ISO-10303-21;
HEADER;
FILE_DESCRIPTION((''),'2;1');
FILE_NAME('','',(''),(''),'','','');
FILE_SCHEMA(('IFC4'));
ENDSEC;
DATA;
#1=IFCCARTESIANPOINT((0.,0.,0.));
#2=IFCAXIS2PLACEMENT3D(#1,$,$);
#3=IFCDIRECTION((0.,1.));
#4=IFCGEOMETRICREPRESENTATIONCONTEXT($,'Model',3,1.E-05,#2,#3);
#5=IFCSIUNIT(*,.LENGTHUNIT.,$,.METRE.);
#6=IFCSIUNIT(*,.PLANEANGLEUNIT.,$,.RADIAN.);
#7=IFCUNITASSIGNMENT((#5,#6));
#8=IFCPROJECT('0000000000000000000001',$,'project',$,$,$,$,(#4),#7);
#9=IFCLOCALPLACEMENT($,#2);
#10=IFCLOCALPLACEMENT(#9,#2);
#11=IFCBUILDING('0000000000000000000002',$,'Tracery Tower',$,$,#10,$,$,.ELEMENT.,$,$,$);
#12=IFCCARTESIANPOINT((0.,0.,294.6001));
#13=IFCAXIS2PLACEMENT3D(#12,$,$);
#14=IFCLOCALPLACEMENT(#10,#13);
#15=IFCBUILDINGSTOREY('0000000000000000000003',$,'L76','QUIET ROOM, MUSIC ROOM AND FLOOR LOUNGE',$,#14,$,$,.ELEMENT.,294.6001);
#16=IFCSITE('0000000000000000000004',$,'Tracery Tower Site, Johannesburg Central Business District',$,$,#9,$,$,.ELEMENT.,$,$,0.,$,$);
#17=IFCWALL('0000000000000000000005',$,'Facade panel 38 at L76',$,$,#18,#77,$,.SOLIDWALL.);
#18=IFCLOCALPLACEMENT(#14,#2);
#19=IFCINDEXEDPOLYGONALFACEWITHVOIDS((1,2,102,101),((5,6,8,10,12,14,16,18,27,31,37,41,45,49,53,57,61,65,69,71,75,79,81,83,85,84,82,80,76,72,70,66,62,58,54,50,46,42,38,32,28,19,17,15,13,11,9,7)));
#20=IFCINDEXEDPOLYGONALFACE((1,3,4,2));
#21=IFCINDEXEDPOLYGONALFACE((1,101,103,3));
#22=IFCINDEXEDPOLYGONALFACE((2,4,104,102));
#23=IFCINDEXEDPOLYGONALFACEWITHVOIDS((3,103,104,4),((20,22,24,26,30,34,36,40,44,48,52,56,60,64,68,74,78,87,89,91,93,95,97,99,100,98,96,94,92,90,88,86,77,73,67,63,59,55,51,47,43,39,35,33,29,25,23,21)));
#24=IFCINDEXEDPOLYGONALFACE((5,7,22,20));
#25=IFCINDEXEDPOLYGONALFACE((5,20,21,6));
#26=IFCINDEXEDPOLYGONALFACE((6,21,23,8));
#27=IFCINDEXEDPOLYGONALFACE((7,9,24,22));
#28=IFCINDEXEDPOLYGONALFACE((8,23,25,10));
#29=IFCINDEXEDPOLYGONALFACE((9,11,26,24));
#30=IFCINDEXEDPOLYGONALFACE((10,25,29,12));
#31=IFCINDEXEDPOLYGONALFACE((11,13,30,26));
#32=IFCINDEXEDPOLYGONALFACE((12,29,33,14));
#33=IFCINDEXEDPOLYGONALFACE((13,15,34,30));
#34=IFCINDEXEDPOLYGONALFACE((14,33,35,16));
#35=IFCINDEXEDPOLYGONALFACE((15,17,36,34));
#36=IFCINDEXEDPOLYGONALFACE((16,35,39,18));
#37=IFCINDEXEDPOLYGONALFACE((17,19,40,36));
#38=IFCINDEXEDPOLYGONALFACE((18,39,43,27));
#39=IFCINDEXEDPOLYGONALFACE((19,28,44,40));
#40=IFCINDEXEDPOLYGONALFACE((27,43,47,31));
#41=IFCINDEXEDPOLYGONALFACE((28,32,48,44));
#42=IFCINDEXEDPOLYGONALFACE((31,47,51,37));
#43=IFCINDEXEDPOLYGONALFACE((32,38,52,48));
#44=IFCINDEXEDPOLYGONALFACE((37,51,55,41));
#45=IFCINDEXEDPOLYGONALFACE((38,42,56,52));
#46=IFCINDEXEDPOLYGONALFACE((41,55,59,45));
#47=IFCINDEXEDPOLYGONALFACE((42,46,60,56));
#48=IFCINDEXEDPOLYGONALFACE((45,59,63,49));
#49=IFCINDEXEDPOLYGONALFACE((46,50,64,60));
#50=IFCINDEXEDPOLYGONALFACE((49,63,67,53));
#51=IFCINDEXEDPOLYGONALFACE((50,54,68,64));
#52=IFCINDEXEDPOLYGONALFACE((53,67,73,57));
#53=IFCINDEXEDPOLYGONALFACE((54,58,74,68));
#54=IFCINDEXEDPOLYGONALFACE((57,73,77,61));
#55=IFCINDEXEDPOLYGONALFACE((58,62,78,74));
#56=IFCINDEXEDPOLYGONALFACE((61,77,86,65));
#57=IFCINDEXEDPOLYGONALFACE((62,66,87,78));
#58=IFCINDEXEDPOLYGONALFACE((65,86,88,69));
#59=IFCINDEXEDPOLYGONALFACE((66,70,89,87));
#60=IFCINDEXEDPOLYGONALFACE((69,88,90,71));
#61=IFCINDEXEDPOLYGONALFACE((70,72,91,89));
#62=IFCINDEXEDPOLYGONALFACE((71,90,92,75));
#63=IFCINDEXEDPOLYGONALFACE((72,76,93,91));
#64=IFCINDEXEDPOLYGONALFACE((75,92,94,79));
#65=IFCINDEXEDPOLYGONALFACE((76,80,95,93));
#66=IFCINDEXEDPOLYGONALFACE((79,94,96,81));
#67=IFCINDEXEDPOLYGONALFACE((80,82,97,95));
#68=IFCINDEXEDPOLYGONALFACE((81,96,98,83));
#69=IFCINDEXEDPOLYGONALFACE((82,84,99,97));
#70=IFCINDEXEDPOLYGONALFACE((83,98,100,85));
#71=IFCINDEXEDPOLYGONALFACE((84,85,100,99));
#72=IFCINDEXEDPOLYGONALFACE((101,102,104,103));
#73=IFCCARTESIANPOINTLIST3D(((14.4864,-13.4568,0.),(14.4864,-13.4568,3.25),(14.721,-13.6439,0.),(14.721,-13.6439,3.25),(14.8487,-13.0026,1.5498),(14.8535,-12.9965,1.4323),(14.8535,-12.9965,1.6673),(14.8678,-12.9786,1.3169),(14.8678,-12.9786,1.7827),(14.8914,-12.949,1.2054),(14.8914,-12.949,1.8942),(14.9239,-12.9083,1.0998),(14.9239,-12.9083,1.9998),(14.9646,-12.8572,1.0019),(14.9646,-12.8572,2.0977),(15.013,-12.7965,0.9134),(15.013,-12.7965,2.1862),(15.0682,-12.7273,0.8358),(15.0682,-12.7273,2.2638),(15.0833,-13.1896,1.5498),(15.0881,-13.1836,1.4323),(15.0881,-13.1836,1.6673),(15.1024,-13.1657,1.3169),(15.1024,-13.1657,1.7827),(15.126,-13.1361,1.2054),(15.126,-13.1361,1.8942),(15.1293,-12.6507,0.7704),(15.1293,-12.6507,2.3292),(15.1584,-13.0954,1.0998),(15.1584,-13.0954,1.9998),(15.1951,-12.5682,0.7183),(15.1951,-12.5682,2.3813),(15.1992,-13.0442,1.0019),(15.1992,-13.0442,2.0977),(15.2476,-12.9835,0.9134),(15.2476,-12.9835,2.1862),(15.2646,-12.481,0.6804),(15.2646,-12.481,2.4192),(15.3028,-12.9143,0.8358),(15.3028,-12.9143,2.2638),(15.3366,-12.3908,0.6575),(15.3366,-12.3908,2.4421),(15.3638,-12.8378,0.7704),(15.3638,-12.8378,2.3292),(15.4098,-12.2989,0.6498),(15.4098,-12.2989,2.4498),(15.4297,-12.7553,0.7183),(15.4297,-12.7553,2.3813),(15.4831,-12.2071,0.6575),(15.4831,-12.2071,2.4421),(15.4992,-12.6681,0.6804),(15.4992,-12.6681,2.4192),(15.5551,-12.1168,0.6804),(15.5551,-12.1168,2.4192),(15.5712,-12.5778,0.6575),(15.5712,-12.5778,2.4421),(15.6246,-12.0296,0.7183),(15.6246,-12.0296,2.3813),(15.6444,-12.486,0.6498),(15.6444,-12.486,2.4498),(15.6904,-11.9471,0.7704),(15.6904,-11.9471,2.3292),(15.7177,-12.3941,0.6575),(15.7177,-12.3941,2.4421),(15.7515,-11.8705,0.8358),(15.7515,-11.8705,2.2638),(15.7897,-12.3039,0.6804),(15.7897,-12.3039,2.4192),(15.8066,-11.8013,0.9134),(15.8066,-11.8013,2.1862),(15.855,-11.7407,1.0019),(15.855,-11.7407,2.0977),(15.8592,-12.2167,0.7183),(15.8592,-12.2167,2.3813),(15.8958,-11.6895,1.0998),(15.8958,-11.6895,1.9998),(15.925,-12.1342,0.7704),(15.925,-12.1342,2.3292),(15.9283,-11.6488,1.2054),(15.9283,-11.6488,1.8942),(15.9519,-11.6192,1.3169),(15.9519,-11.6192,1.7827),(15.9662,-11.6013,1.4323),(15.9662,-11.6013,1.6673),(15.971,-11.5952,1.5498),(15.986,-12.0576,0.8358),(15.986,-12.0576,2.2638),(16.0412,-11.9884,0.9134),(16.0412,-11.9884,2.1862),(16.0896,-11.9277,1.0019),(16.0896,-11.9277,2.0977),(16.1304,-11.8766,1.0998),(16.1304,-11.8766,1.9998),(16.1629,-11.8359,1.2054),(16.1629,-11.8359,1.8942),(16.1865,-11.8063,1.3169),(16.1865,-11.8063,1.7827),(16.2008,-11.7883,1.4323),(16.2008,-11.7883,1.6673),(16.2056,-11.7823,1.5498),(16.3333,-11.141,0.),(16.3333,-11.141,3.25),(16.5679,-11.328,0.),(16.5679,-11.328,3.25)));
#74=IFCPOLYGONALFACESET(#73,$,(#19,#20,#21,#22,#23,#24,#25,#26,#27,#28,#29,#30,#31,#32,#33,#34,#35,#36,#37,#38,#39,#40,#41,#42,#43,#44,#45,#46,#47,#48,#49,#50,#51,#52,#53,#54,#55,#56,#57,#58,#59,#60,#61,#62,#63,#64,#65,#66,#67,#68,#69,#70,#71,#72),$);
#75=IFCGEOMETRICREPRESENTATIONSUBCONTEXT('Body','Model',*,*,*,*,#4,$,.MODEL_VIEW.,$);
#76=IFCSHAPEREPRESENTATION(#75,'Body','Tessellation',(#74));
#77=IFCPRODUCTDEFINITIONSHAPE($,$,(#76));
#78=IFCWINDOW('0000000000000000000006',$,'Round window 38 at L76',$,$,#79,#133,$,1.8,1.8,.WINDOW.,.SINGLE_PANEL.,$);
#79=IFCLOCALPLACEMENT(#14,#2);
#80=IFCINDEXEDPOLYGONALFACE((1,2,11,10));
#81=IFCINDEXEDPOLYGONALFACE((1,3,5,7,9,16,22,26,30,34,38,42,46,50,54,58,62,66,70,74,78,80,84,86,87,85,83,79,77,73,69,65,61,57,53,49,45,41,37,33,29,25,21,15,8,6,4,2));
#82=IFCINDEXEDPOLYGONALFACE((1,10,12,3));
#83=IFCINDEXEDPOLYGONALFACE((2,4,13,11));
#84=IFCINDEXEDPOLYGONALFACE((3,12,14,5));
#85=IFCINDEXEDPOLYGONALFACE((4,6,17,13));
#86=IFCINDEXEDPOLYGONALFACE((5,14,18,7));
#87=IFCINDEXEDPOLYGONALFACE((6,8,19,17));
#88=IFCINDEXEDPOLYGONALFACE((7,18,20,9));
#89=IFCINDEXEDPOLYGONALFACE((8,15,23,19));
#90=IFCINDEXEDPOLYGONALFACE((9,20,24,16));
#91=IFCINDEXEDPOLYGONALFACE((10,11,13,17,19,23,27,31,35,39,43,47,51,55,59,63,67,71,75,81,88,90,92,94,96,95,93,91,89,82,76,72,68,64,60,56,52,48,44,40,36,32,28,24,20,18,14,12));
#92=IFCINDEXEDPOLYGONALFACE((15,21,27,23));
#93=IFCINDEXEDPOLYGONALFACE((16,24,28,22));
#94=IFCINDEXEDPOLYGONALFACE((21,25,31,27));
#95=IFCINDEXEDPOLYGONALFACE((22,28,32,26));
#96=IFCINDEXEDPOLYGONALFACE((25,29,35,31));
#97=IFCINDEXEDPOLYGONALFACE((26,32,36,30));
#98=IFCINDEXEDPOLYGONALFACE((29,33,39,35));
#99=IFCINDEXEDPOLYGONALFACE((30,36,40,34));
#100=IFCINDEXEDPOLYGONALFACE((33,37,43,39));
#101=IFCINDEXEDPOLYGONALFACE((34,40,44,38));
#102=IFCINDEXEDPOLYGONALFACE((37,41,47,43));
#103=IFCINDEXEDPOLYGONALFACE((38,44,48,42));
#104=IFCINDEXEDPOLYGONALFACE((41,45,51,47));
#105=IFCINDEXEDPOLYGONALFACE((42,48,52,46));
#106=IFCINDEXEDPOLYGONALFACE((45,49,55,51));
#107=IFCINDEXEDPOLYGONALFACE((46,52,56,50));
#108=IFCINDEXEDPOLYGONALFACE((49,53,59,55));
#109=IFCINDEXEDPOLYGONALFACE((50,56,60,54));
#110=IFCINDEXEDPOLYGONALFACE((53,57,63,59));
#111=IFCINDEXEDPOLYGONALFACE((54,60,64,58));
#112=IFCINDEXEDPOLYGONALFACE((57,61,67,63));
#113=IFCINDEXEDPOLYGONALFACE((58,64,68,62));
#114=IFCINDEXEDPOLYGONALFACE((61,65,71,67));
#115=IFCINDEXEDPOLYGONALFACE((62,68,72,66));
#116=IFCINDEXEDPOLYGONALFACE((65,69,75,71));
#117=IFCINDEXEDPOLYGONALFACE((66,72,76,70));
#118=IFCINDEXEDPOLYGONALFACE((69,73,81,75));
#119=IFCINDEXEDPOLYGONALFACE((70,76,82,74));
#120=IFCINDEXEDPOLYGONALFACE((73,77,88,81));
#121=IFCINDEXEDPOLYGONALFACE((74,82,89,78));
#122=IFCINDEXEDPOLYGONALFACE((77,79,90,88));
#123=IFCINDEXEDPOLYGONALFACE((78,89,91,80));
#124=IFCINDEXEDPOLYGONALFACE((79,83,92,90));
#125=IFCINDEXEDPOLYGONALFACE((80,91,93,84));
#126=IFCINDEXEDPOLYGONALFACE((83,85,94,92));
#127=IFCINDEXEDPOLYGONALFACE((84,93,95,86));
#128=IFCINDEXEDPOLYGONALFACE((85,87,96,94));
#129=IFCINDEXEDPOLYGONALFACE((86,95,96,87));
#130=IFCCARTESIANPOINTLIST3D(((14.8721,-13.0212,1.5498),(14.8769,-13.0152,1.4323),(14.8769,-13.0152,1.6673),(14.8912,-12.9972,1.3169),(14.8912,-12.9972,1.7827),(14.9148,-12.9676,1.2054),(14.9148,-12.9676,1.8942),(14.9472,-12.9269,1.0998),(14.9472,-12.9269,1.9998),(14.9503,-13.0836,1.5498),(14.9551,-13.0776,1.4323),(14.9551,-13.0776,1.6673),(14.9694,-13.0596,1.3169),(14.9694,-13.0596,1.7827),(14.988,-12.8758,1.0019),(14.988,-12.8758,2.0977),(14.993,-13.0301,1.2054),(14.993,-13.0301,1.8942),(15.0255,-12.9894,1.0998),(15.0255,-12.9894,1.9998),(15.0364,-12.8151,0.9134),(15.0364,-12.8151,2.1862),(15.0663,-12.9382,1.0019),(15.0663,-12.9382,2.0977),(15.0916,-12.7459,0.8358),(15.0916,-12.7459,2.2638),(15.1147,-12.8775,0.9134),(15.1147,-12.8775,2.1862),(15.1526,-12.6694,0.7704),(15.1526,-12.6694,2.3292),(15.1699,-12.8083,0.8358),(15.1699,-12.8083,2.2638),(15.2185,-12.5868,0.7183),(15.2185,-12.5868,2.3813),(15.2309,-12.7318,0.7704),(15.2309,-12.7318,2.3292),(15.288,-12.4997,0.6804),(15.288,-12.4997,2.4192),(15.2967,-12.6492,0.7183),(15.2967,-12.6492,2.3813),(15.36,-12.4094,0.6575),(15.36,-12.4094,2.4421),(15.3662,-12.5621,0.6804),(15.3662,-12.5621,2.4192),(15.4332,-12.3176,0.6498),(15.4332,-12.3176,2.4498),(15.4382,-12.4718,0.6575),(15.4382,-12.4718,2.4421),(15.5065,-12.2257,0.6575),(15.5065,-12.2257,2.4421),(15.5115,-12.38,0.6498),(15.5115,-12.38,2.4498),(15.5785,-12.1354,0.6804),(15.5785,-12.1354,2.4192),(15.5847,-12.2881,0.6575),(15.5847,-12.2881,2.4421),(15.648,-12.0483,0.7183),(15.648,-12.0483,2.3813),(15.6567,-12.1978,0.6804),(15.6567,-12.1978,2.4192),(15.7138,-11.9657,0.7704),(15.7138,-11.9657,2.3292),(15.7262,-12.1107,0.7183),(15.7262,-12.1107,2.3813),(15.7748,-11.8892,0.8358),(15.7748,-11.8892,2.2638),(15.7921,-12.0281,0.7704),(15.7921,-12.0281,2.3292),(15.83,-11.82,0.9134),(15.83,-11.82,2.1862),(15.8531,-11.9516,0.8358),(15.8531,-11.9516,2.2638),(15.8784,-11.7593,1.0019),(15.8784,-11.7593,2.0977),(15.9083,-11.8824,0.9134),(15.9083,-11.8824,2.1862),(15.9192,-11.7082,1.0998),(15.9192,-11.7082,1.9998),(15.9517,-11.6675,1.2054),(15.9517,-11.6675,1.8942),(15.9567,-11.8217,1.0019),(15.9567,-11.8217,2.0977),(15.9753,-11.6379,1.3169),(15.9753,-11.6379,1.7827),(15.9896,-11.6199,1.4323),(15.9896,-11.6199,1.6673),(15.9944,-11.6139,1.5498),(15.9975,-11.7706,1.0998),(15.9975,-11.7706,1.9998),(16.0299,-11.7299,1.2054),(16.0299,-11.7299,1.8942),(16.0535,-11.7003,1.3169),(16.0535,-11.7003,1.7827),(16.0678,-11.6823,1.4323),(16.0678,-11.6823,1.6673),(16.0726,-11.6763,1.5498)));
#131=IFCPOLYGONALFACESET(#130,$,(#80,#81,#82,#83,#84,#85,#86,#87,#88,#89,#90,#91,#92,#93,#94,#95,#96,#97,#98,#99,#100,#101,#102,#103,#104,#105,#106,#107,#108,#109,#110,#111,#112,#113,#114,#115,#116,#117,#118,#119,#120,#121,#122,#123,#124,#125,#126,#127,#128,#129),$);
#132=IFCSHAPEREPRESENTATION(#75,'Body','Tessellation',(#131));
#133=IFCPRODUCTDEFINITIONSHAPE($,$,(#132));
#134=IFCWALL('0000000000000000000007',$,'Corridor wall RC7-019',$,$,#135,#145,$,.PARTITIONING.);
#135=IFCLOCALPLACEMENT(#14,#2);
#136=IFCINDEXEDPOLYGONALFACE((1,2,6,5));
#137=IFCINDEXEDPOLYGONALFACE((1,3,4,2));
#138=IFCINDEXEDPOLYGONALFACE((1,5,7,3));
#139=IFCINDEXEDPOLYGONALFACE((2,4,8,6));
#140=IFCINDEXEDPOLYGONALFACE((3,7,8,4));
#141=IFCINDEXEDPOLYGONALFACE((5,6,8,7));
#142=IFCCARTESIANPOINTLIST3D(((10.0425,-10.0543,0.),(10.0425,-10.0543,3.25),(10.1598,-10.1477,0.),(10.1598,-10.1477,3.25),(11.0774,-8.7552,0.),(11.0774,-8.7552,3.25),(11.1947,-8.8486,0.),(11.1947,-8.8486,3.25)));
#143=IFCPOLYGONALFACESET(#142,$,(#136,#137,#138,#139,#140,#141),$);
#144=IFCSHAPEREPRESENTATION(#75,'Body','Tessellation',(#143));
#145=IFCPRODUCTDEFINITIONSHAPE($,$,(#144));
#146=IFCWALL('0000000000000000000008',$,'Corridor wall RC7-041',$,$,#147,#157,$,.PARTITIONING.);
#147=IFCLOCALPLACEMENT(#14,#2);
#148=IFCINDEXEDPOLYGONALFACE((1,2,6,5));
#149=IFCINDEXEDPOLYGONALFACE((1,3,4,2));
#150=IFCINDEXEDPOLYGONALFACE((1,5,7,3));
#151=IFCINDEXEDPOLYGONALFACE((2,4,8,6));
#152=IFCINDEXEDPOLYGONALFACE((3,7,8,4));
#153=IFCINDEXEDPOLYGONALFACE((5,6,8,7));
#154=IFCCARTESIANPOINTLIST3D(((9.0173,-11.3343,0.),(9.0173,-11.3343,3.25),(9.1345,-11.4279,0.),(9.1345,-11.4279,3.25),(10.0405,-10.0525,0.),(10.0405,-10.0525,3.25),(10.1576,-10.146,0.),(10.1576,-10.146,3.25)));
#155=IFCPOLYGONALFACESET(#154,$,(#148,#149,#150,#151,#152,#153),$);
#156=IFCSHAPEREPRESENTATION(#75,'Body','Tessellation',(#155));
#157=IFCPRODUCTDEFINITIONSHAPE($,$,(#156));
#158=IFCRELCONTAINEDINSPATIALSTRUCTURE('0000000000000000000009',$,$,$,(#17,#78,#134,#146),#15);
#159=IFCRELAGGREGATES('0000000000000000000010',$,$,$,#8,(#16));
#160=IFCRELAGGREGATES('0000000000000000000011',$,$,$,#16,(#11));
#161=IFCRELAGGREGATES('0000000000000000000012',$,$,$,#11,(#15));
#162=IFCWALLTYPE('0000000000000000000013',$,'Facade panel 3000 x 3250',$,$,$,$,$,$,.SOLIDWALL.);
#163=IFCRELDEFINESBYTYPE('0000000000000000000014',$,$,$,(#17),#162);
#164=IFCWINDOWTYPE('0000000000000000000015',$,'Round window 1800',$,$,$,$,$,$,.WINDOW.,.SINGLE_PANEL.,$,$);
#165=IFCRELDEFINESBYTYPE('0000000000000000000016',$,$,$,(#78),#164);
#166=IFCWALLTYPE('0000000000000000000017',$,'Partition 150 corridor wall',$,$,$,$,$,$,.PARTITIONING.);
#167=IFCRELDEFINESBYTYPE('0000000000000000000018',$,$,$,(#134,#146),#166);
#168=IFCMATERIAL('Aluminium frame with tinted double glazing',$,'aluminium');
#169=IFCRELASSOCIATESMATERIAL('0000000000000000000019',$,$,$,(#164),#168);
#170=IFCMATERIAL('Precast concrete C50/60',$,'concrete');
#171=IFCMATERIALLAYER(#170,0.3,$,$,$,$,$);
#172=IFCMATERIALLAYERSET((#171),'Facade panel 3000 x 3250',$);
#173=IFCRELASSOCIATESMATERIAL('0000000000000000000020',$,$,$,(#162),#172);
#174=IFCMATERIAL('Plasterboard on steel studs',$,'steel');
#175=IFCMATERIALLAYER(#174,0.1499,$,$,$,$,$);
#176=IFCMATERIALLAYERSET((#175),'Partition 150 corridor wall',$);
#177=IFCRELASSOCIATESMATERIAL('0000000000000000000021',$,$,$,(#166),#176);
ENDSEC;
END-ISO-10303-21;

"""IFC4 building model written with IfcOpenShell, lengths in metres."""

from ifc_helpers import new_model, si_unit, direction, frame, frame_2d, origin, origin_2d, place, context, subcontext, project, spatial, rectangle, circle, extrude, material, layer, layer_set, type_object, element, fill, save


model = new_model("IFC4")

# Units and contexts
model_context = context("Model", 3, precision=1e-05, world=origin(), true_north=direction((0.0, 1.0)))
body_context = subcontext(model_context, "Body", "Model", "MODEL_VIEW")
ifc_project = project(units=[si_unit("LENGTHUNIT", "METRE"), si_unit("PLANEANGLEUNIT", "RADIAN")], contexts=[model_context])

# Site, building, storey
site_placement = place(None, origin())
site = spatial("IfcSite", under=ifc_project, at=site_placement, Name="Tracery Tower Site, Johannesburg Central Business District", CompositionType="ELEMENT", RefElevation=0.0)
building_placement = place(site_placement, origin())
building = spatial("IfcBuilding", under=site, at=building_placement, Name="Tracery Tower", CompositionType="ELEMENT")
storey_placement = place(building_placement, frame((0.0, 0.0, 294.6001)))
storey = spatial("IfcBuildingStorey", under=building, at=storey_placement, Name="L76", Description="QUIET ROOM, MUSIC ROOM AND FLOOR LOUNGE", CompositionType="ELEMENT", Elevation=294.6001)

# Wall, opening, window
ifc_material_1 = material(Name="Aluminium frame with tinted double glazing", Category="aluminium")
window_type = type_object("IfcWindowType", Name="Round window 1800", PartitioningType="SINGLE_PANEL", PredefinedType="WINDOW", material=ifc_material_1)
ifc_material_2 = material(Name="Precast concrete C50/60", Category="concrete")
ifc_layer_1 = layer(ifc_material_2, 0.3)
ifc_layer_set_1 = layer_set([ifc_layer_1], Name="Facade panel 3000 x 3250")
wall_type_1 = type_object("IfcWallType", Name="Facade panel 3000 x 3250", PredefinedType="SOLIDWALL", material=ifc_layer_set_1)
wall_1_placement = place(storey_placement, frame((14.6038, -13.5503, 0.0), z_axis=(0.0, 0.0, 1.0), x_axis=(0.623498, 0.781825, 0.0)))
wall_1 = element("IfcWall", 1, at=wall_1_placement, inside=storey, type_object=wall_type_1, Name="Facade panel 38 at L76", PredefinedType="SOLIDWALL", context=body_context, shape_type="SweptSolid", body=[
    extrude(rectangle(XDim=2.9622, YDim=0.3, at=frame_2d((1.481, 0.0))), origin(), (0.0, 0.0, 1.0), 3.25),
])
opening_1_placement = place(wall_1_placement, frame((1.481, 0.0, 1.5498)))
opening_1 = element("IfcOpeningElement", 2, at=opening_1_placement, cuts=wall_1, PredefinedType="OPENING", context=body_context, shape_type="SweptSolid", body=[
    extrude(circle(Radius=0.9, at=origin_2d()), frame((0.0, 0.1599, 0.0), z_axis=(0.0, -1.0, 0.0), x_axis=(1.0, 0.0, 0.0)), (0.0, 0.0, 1.0), 0.3201),
])
window_1_placement = place(opening_1_placement, origin())
window_1 = element("IfcWindow", 3, at=window_1_placement, inside=storey, type_object=window_type, Name="Round window 38 at L76", OverallHeight=1.8, OverallWidth=1.8, PartitioningType="SINGLE_PANEL", PredefinedType="WINDOW", context=body_context, shape_type="SweptSolid", body=[
    extrude(circle(Radius=0.9, at=origin_2d()), frame((0.0, 0.1201, 0.0), z_axis=(0.0, -1.0, 0.0), x_axis=(1.0, 0.0, 0.0)), (0.0, 0.0, 1.0), 0.1001),
])
fill(opening_1, window_1)

# Walls
ifc_material_3 = material(Name="Plasterboard on steel studs", Category="steel")
ifc_layer_2 = layer(ifc_material_3, 0.1499)
ifc_layer_set_2 = layer_set([ifc_layer_2], Name="Partition 150 corridor wall")
wall_type_2 = type_object("IfcWallType", Name="Partition 150 corridor wall", PredefinedType="PARTITIONING", material=ifc_layer_set_2)
wall_2_placement = place(storey_placement, frame((10.1011, -10.1011, 0.0), z_axis=(0.0, 0.0, 1.0), x_axis=(0.623098, 0.782143, 0.0)))
element("IfcWall", 4, at=wall_2_placement, inside=storey, type_object=wall_type_2, Name="Corridor wall RC7-019", PredefinedType="PARTITIONING", context=body_context, shape_type="SweptSolid", body=[
    extrude(rectangle(XDim=1.6609, YDim=0.1499, at=frame_2d((0.8306, 0.0))), origin(), (0.0, 0.0, 1.0), 3.25),
])
wall_3_placement = place(storey_placement, frame((9.0759, -11.3811, 0.0), z_axis=(0.0, 0.0, 1.0), x_axis=(0.623805, 0.78158, 0.0)))
element("IfcWall", 5, at=wall_3_placement, inside=storey, type_object=wall_type_2, Name="Corridor wall RC7-041", PredefinedType="PARTITIONING", context=body_context, shape_type="SweptSolid", body=[
    extrude(rectangle(XDim=1.6401, YDim=0.1499, at=frame_2d((0.8201, 0.0))), origin(), (0.0, 0.0, 1.0), 3.25),
])

save(model, "model.ifc")
